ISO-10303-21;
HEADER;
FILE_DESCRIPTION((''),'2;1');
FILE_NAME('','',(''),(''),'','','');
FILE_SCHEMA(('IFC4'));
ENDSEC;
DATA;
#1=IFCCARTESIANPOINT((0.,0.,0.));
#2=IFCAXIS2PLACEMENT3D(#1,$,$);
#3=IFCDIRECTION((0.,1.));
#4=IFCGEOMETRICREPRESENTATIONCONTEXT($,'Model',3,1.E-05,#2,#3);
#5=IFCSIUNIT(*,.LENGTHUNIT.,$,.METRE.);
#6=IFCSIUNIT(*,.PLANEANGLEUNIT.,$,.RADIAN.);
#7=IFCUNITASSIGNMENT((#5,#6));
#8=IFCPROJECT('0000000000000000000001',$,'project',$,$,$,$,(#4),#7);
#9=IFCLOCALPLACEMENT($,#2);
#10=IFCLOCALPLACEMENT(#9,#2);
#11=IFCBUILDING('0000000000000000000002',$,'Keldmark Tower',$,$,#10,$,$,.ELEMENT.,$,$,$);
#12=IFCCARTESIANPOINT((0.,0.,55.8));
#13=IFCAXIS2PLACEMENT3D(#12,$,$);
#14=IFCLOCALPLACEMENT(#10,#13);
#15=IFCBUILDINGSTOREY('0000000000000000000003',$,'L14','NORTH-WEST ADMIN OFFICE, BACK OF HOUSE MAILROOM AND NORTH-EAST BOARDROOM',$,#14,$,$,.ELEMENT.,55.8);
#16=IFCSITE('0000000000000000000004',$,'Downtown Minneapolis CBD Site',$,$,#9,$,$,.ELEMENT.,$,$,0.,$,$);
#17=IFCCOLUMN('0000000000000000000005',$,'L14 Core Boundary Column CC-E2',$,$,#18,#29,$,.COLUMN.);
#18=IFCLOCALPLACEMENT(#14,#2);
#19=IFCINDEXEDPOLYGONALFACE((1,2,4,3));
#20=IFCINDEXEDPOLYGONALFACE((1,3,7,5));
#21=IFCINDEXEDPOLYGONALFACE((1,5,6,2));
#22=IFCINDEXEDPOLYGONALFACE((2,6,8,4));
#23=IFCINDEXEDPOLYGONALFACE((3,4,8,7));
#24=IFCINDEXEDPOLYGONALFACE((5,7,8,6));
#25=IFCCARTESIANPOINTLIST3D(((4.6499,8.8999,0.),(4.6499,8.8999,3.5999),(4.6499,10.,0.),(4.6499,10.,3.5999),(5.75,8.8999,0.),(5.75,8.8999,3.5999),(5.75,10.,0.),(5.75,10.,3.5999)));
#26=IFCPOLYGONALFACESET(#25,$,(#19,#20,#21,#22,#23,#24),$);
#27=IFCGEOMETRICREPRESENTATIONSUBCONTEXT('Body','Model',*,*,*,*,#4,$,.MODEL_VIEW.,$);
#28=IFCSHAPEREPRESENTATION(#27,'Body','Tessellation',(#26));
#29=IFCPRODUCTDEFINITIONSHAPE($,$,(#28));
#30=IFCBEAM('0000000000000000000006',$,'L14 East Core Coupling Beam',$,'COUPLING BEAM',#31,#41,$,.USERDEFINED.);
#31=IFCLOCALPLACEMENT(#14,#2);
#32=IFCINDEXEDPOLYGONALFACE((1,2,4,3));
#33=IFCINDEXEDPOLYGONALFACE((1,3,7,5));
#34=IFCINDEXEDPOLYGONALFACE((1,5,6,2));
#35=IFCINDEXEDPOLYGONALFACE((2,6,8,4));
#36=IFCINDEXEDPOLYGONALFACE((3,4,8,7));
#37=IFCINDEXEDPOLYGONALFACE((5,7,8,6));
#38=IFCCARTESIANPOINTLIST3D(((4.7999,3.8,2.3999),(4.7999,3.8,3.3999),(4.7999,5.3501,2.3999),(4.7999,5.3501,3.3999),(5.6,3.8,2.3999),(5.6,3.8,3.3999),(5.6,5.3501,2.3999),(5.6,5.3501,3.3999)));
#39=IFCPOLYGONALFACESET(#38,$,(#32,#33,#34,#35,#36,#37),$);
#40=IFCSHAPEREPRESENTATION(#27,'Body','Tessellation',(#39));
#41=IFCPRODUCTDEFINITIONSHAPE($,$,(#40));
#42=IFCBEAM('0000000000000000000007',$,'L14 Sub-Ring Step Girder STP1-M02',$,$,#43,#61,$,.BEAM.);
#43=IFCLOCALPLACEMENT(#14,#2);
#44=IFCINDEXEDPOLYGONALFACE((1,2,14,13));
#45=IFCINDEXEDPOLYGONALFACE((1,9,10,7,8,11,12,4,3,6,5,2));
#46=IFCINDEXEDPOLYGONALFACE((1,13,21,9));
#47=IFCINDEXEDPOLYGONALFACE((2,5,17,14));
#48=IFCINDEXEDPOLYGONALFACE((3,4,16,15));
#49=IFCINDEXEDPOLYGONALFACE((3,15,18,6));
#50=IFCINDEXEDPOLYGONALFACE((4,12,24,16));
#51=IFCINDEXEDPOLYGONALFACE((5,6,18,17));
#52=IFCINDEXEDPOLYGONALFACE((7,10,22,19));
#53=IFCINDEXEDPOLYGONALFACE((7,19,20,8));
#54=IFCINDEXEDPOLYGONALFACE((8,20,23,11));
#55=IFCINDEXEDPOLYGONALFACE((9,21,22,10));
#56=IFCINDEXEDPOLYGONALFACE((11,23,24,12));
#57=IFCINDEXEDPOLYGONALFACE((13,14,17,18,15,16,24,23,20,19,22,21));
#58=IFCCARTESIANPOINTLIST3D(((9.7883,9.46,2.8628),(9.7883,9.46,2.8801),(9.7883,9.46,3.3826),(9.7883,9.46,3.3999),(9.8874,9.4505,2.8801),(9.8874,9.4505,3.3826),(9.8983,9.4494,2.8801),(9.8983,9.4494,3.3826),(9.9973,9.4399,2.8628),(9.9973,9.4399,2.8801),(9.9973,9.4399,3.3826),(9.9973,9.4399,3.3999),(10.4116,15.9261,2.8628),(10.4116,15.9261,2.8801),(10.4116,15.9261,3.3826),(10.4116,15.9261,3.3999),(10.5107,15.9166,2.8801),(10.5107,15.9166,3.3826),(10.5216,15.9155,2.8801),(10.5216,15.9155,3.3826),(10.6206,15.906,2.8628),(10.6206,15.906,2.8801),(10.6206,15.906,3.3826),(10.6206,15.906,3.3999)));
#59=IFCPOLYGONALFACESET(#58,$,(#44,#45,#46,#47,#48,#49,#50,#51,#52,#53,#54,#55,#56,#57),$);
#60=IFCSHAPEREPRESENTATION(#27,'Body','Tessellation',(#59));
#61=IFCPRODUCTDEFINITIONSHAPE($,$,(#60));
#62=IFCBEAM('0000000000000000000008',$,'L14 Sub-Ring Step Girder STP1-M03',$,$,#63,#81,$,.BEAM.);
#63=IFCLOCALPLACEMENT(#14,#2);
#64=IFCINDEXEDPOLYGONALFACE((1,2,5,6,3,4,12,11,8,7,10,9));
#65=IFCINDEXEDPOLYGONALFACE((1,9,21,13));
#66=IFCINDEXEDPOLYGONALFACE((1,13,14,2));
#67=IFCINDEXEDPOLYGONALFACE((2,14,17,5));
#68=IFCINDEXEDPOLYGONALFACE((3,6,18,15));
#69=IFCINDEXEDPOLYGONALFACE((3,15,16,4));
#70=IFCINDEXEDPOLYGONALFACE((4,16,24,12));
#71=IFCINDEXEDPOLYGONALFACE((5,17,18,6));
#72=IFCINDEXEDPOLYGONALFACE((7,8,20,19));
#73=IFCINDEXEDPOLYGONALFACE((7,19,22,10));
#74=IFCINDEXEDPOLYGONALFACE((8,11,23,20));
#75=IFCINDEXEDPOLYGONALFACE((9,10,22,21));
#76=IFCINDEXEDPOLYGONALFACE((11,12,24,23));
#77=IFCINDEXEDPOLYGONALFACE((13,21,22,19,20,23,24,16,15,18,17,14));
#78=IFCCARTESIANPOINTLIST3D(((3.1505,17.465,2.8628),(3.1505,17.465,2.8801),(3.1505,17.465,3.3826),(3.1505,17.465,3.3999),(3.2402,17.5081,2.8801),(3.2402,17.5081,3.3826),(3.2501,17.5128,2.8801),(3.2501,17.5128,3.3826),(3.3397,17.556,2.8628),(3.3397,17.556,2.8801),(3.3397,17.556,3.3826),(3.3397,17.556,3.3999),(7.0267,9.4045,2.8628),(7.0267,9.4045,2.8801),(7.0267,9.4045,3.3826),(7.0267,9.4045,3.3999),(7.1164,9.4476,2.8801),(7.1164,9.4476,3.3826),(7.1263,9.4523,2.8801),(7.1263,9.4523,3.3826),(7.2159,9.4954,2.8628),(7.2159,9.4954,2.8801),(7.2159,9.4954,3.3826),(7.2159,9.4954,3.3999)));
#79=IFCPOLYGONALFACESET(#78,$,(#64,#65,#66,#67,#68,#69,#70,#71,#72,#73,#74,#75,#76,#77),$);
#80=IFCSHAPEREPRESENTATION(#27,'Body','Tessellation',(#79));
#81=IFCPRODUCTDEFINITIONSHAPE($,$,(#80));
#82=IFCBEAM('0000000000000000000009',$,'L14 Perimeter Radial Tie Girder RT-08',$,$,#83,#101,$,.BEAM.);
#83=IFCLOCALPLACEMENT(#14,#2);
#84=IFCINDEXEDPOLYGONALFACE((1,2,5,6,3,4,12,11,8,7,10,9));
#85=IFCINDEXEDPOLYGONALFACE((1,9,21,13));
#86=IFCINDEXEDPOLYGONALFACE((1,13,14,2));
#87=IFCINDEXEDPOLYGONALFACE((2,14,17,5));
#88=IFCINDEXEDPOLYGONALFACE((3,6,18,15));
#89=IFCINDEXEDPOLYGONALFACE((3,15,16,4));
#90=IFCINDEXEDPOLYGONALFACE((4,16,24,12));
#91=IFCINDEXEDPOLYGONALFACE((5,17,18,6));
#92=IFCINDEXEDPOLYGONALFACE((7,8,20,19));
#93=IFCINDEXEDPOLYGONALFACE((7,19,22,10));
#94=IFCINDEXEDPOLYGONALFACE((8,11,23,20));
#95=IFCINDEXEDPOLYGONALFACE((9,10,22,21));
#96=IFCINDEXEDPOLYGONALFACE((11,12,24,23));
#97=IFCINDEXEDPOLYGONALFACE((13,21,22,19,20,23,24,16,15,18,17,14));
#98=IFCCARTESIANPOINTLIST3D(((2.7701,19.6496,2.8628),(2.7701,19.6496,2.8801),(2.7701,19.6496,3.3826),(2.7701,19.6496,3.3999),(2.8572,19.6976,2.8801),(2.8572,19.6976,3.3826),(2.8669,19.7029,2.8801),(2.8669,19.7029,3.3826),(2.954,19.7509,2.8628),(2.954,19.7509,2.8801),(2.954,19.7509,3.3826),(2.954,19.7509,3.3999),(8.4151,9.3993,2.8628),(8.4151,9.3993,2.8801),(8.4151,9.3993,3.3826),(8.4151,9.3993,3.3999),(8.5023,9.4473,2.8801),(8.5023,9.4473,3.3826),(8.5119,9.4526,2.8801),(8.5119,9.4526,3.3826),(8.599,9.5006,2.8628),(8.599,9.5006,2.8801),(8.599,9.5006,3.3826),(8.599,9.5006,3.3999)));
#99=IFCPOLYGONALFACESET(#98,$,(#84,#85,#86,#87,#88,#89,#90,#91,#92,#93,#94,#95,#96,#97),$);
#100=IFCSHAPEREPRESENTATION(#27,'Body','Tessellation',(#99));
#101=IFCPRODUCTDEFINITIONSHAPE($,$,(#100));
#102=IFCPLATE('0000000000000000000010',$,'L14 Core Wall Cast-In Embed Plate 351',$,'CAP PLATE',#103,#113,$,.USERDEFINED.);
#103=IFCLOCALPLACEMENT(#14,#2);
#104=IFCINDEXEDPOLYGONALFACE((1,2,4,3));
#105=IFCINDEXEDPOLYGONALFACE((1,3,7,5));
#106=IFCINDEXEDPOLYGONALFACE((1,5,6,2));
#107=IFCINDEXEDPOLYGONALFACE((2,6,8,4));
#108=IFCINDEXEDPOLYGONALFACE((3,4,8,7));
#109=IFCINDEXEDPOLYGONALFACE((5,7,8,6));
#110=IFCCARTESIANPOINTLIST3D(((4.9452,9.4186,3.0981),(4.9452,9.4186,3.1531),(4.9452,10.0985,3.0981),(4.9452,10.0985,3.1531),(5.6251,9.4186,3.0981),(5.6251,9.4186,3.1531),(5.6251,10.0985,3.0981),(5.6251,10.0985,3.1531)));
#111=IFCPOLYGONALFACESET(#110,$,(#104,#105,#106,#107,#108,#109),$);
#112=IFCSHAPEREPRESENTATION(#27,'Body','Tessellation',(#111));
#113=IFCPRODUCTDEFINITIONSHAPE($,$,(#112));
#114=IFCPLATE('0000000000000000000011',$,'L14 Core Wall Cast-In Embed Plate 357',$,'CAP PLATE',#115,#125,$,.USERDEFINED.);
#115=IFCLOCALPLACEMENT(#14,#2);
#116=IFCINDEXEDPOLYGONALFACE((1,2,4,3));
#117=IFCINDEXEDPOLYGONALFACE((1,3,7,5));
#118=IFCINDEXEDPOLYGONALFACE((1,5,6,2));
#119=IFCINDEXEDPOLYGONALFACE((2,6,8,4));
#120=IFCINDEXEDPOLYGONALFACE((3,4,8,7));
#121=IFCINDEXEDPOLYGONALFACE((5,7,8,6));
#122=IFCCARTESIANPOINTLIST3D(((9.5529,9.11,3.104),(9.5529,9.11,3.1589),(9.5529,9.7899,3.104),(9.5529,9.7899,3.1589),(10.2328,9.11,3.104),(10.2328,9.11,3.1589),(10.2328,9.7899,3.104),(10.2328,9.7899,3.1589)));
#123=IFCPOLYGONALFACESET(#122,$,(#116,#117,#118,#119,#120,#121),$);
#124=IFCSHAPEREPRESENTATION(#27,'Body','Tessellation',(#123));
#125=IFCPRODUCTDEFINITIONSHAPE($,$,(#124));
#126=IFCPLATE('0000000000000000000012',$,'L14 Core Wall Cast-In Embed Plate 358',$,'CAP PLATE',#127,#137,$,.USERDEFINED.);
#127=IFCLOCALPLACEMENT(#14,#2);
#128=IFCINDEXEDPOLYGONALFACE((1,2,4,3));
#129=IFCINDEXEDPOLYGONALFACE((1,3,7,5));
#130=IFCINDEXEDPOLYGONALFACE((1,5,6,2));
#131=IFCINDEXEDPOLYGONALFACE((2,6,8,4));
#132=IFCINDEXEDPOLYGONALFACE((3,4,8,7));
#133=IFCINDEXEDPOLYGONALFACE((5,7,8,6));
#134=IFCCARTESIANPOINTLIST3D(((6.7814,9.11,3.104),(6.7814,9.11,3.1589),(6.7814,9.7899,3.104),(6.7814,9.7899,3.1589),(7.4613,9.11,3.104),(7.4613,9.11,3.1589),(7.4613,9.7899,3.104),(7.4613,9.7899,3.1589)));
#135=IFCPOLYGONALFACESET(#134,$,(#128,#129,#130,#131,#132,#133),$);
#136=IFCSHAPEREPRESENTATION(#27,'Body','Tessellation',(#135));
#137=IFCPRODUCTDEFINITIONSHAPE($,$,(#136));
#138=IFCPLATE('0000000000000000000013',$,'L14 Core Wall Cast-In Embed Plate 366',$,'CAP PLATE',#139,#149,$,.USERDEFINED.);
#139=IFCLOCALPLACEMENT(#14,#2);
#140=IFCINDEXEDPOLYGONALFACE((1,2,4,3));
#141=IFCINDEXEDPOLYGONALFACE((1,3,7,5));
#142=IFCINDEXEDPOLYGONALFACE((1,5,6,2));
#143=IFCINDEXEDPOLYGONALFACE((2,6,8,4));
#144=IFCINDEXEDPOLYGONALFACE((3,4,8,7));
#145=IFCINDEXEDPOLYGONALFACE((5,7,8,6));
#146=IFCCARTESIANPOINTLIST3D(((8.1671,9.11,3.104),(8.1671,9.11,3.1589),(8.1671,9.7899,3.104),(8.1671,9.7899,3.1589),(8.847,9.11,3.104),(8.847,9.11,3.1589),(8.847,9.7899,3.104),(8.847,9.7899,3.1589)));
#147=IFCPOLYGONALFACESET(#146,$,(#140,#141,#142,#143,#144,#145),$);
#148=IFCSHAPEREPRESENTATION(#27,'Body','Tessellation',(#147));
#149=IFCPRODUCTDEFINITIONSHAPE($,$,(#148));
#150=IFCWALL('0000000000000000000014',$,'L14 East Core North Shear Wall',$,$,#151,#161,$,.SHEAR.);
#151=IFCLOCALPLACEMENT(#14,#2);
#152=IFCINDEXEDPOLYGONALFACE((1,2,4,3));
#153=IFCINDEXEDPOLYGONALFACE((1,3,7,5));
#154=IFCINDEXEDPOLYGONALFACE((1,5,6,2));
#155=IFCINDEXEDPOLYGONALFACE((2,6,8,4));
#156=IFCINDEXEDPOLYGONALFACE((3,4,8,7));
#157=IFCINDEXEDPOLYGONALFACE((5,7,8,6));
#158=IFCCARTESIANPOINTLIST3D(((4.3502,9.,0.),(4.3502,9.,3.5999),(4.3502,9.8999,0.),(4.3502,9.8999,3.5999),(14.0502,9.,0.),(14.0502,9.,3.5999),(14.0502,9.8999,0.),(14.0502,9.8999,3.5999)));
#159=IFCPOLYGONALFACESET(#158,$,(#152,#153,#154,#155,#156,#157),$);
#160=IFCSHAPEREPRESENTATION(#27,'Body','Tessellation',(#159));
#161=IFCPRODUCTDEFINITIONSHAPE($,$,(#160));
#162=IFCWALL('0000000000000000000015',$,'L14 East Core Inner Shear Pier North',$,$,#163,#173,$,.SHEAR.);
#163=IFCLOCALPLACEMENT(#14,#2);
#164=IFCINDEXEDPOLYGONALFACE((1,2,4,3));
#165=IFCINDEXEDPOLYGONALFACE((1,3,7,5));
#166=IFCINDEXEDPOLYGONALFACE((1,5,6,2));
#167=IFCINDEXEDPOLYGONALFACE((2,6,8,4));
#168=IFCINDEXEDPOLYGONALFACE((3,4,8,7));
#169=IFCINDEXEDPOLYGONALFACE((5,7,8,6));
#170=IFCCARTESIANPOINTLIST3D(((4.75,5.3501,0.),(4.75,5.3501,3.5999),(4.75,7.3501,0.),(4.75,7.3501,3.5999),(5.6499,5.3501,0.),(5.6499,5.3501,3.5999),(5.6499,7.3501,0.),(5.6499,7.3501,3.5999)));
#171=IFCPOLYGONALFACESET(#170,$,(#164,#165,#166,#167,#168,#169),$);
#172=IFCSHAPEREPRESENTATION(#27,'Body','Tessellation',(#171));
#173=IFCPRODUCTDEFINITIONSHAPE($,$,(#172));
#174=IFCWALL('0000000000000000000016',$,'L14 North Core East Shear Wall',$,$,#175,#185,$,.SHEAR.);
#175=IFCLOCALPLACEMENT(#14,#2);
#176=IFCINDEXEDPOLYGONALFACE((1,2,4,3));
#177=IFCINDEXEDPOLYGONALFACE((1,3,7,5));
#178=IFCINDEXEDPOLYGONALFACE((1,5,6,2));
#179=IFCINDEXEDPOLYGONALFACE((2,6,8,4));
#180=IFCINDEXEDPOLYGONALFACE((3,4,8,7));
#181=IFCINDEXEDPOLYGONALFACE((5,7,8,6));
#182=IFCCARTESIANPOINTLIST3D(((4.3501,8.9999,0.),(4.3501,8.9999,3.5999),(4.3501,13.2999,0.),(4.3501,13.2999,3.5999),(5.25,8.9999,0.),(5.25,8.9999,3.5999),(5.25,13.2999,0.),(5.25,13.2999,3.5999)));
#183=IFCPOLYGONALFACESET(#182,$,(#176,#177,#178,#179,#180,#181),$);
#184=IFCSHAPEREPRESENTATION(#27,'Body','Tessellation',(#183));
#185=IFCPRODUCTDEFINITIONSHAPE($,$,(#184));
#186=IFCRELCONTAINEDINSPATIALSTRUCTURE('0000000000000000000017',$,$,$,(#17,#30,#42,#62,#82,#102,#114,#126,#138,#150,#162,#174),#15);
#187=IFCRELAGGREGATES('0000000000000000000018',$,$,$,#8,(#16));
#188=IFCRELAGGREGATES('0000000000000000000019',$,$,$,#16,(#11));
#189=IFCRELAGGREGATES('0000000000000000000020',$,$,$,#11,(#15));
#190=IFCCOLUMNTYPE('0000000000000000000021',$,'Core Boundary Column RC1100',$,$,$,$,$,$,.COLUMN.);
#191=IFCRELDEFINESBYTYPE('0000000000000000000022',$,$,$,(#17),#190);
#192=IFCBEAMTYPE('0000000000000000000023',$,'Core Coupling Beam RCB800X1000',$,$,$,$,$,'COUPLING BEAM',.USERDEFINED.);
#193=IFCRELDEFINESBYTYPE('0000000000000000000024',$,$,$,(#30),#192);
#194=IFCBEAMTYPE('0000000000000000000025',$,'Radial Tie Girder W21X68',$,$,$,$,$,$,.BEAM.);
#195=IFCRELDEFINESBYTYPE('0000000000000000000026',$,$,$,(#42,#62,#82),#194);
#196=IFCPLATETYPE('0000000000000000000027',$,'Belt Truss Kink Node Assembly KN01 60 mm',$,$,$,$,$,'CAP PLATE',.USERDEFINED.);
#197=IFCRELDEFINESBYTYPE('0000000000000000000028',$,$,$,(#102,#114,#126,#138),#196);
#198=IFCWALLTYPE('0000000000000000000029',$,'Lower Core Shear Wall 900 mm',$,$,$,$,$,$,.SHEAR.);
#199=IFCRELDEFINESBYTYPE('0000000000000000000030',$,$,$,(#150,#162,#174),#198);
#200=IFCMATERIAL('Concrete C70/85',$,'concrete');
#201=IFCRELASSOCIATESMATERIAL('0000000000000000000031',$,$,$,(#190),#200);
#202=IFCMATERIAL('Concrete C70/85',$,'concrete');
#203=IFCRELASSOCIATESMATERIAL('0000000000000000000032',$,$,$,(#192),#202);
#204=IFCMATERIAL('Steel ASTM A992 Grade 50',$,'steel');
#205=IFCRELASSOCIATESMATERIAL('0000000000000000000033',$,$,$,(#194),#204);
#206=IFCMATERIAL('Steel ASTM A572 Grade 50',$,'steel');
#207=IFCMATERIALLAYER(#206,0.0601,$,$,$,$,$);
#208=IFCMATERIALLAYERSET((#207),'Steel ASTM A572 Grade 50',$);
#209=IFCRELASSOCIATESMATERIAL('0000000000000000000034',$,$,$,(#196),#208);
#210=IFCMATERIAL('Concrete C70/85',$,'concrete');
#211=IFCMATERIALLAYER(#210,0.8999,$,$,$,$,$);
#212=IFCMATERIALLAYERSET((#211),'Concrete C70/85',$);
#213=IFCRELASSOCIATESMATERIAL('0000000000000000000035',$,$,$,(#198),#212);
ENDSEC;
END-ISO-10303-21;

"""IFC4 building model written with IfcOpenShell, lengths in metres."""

from ifc_helpers import new_model, si_unit, direction, frame, frame_2d, origin, origin_2d, place, context, subcontext, project, spatial, rectangle, i_section, extrude, material, layer, layer_set, material_profile, profile_set, type_object, element, save


model = new_model("IFC4")

# Units and contexts
model_context = context("Model", 3, precision=1e-05, world=origin(), true_north=direction((0.0, 1.0)))
body_context = subcontext(model_context, "Body", "Model", "MODEL_VIEW")
ifc_project = project(units=[si_unit("LENGTHUNIT", "METRE"), si_unit("PLANEANGLEUNIT", "RADIAN")], contexts=[model_context])

# Site, building, storey
site_placement = place(None, origin())
site = spatial("IfcSite", under=ifc_project, at=site_placement, Name="Downtown Minneapolis CBD Site", CompositionType="ELEMENT", RefElevation=0.0)
building_placement = place(site_placement, origin())
building = spatial("IfcBuilding", under=site, at=building_placement, Name="Keldmark Tower", CompositionType="ELEMENT")
storey_placement = place(building_placement, frame((0.0, 0.0, 55.8)))
storey = spatial("IfcBuildingStorey", under=building, at=storey_placement, Name="L14", Description="NORTH-WEST ADMIN OFFICE, BACK OF HOUSE MAILROOM AND NORTH-EAST BOARDROOM", CompositionType="ELEMENT", Elevation=55.8)

# Column
ifc_material_1 = material(Name="Concrete C70/85", Category="concrete")
ifc_material_profile_1 = material_profile(ifc_material_1, rectangle(XDim=1.1001, YDim=1.1001, at=origin_2d()), Name="RC1100X1100")
ifc_profile_set_1 = profile_set([ifc_material_profile_1], Name="Concrete C70/85")
column_type = type_object("IfcColumnType", Name="Core Boundary Column RC1100", PredefinedType="COLUMN", material=ifc_profile_set_1)
column_placement = place(storey_placement, frame((5.2, 9.45, 0.0), z_axis=(0.0, 0.0, 1.0), x_axis=(1.0, 0.0, 0.0)))
element("IfcColumn", 1, at=column_placement, inside=storey, type_object=column_type, Name="L14 Core Boundary Column CC-E2", PredefinedType="COLUMN", context=body_context, shape_type="SweptSolid", body=[
    extrude(rectangle(XDim=1.1001, YDim=1.1001, at=origin_2d()), origin(), (0.0, 0.0, 1.0), 3.5999),
])

# Beams
ifc_material_2 = material(Name="Concrete C70/85", Category="concrete")
ifc_material_profile_2 = material_profile(ifc_material_2, rectangle(XDim=0.8, YDim=1.0, at=origin_2d()), Name="RCB800X1000")
ifc_profile_set_2 = profile_set([ifc_material_profile_2], Name="Concrete C70/85")
beam_type_1 = type_object("IfcBeamType", Name="Core Coupling Beam RCB800X1000", ElementType="COUPLING BEAM", PredefinedType="USERDEFINED", material=ifc_profile_set_2)
beam_1_placement = place(storey_placement, frame((5.2, 3.8, 2.8999), z_axis=(0.0, 1.0, 0.0), x_axis=(-1.0, 0.0, 0.0)))
element("IfcBeam", 2, at=beam_1_placement, inside=storey, type_object=beam_type_1, Name="L14 East Core Coupling Beam", ObjectType="COUPLING BEAM", PredefinedType="USERDEFINED", context=body_context, shape_type="SweptSolid", body=[
    extrude(rectangle(XDim=0.8, YDim=1.0, at=origin_2d()), origin(), (0.0, 0.0, 1.0), 1.55),
])
ifc_material_3 = material(Name="Steel ASTM A992 Grade 50", Category="steel")
ifc_material_profile_3 = material_profile(ifc_material_3, i_section(OverallWidth=0.21, OverallDepth=0.5371, WebThickness=0.011, FlangeThickness=0.0173, at=origin_2d()), Name="W21X68")
ifc_profile_set_3 = profile_set([ifc_material_profile_3], Name="Steel ASTM A992 Grade 50")
beam_type_2 = type_object("IfcBeamType", Name="Radial Tie Girder W21X68", PredefinedType="BEAM", material=ifc_profile_set_3)
beam_2_placement = place(storey_placement, frame((9.8928, 9.45, 3.1313), z_axis=(0.095949, 0.995386, 0.0), x_axis=(-0.995386, 0.095949, 0.0)))
element("IfcBeam", 3, at=beam_2_placement, inside=storey, type_object=beam_type_2, Name="L14 Sub-Ring Step Girder STP1-M02", PredefinedType="BEAM", context=body_context, shape_type="SweptSolid", body=[
    extrude(i_section(OverallWidth=0.21, OverallDepth=0.5371, WebThickness=0.011, FlangeThickness=0.0173, at=origin_2d()), origin(), (0.0, 0.0, 1.0), 6.4961),
])
beam_3_placement = place(storey_placement, frame((7.1213, 9.45, 3.1313), z_axis=(-0.433381, 0.901211, 0.0), x_axis=(-0.901211, -0.433381, 0.0)))
element("IfcBeam", 4, at=beam_3_placement, inside=storey, type_object=beam_type_2, Name="L14 Sub-Ring Step Girder STP1-M03", PredefinedType="BEAM", context=body_context, shape_type="SweptSolid", body=[
    extrude(i_section(OverallWidth=0.21, OverallDepth=0.5371, WebThickness=0.011, FlangeThickness=0.0173, at=origin_2d()), origin(), (0.0, 0.0, 1.0), 8.9441),
])
beam_4_placement = place(storey_placement, frame((8.5071, 9.45, 3.1313), z_axis=(-0.482403, 0.875949, 0.0), x_axis=(-0.875949, -0.482403, 0.0)))
element("IfcBeam", 5, at=beam_4_placement, inside=storey, type_object=beam_type_2, Name="L14 Perimeter Radial Tie Girder RT-08", PredefinedType="BEAM", context=body_context, shape_type="SweptSolid", body=[
    extrude(i_section(OverallWidth=0.21, OverallDepth=0.5371, WebThickness=0.011, FlangeThickness=0.0173, at=origin_2d()), origin(), (0.0, 0.0, 1.0), 11.7019),
])

# Plates
ifc_material_4 = material(Name="Steel ASTM A572 Grade 50", Category="steel")
ifc_layer_1 = layer(ifc_material_4, 0.0601)
ifc_layer_set_1 = layer_set([ifc_layer_1], Name="Steel ASTM A572 Grade 50")
plate_type = type_object("IfcPlateType", Name="Belt Truss Kink Node Assembly KN01 60 mm", ElementType="CAP PLATE", PredefinedType="USERDEFINED", material=ifc_layer_set_1)
for number, where, z_axis, x_axis, name in (
    (6, (5.2852, 9.7585, 3.0981), (0.0, 0.0, 1.0), (1.0, 0.0, 0.0), "L14 Core Wall Cast-In Embed Plate 351"),
    (7, (9.8928, 9.45, 3.104), (0.0, 0.0, 1.0), (1.0, 0.0, 0.0), "L14 Core Wall Cast-In Embed Plate 357"),
    (8, (7.1213, 9.45, 3.104), (0.0, 0.0, 1.0), (1.0, 0.0, 0.0), "L14 Core Wall Cast-In Embed Plate 358"),
    (9, (8.5071, 9.45, 3.104), (0.0, 0.0, 1.0), (1.0, 0.0, 0.0), "L14 Core Wall Cast-In Embed Plate 366"),
):
    element("IfcPlate", number, at=place(storey_placement, frame(where, z_axis=z_axis, x_axis=x_axis)), inside=storey, type_object=plate_type, Name=name, ObjectType="CAP PLATE", PredefinedType="USERDEFINED", context=body_context, shape_type="SweptSolid", body=[
        extrude(rectangle(XDim=0.6799, YDim=0.6799, at=origin_2d()), origin(), (0.0, 0.0, 1.0), 0.0549),
    ])

# Walls
ifc_material_5 = material(Name="Concrete C70/85", Category="concrete")
ifc_layer_2 = layer(ifc_material_5, 0.8999)
ifc_layer_set_2 = layer_set([ifc_layer_2], Name="Concrete C70/85")
wall_type_1 = type_object("IfcWallType", Name="Lower Core Shear Wall 900 mm", PredefinedType="SHEAR", material=ifc_layer_set_2)
wall_1_placement = place(storey_placement, frame((4.3501, 9.45, 0.0), z_axis=(0.0, 0.0, 1.0), x_axis=(1.0, 0.0, 0.0)))
element("IfcWall", 10, at=wall_1_placement, inside=storey, type_object=wall_type_1, Name="L14 East Core North Shear Wall", PredefinedType="SHEAR", context=body_context, shape_type="SweptSolid", body=[
    extrude(rectangle(XDim=9.7, YDim=0.8999, at=frame_2d((4.8501, 0.0))), origin(), (0.0, 0.0, 1.0), 3.5999),
])
wall_2_placement = place(storey_placement, frame((5.2, 5.3501, 0.0), z_axis=(0.0, 0.0, 1.0), x_axis=(0.0, 1.0, 0.0)))
element("IfcWall", 11, at=wall_2_placement, inside=storey, type_object=wall_type_1, Name="L14 East Core Inner Shear Pier North", PredefinedType="SHEAR", context=body_context, shape_type="SweptSolid", body=[
    extrude(rectangle(XDim=2.0, YDim=0.8999, at=frame_2d((1.0, 0.0))), origin(), (0.0, 0.0, 1.0), 3.5999),
])
wall_3_placement = place(storey_placement, frame((4.8, 9.0, 0.0), z_axis=(0.0, 0.0, 1.0), x_axis=(0.0, 1.0, 0.0)))
element("IfcWall", 12, at=wall_3_placement, inside=storey, type_object=wall_type_1, Name="L14 North Core East Shear Wall", PredefinedType="SHEAR", context=body_context, shape_type="SweptSolid", body=[
    extrude(rectangle(XDim=4.3, YDim=0.8999, at=frame_2d((2.1499, 0.0))), origin(), (0.0, 0.0, 1.0), 3.5999),
])

save(model, "model.ifc")
